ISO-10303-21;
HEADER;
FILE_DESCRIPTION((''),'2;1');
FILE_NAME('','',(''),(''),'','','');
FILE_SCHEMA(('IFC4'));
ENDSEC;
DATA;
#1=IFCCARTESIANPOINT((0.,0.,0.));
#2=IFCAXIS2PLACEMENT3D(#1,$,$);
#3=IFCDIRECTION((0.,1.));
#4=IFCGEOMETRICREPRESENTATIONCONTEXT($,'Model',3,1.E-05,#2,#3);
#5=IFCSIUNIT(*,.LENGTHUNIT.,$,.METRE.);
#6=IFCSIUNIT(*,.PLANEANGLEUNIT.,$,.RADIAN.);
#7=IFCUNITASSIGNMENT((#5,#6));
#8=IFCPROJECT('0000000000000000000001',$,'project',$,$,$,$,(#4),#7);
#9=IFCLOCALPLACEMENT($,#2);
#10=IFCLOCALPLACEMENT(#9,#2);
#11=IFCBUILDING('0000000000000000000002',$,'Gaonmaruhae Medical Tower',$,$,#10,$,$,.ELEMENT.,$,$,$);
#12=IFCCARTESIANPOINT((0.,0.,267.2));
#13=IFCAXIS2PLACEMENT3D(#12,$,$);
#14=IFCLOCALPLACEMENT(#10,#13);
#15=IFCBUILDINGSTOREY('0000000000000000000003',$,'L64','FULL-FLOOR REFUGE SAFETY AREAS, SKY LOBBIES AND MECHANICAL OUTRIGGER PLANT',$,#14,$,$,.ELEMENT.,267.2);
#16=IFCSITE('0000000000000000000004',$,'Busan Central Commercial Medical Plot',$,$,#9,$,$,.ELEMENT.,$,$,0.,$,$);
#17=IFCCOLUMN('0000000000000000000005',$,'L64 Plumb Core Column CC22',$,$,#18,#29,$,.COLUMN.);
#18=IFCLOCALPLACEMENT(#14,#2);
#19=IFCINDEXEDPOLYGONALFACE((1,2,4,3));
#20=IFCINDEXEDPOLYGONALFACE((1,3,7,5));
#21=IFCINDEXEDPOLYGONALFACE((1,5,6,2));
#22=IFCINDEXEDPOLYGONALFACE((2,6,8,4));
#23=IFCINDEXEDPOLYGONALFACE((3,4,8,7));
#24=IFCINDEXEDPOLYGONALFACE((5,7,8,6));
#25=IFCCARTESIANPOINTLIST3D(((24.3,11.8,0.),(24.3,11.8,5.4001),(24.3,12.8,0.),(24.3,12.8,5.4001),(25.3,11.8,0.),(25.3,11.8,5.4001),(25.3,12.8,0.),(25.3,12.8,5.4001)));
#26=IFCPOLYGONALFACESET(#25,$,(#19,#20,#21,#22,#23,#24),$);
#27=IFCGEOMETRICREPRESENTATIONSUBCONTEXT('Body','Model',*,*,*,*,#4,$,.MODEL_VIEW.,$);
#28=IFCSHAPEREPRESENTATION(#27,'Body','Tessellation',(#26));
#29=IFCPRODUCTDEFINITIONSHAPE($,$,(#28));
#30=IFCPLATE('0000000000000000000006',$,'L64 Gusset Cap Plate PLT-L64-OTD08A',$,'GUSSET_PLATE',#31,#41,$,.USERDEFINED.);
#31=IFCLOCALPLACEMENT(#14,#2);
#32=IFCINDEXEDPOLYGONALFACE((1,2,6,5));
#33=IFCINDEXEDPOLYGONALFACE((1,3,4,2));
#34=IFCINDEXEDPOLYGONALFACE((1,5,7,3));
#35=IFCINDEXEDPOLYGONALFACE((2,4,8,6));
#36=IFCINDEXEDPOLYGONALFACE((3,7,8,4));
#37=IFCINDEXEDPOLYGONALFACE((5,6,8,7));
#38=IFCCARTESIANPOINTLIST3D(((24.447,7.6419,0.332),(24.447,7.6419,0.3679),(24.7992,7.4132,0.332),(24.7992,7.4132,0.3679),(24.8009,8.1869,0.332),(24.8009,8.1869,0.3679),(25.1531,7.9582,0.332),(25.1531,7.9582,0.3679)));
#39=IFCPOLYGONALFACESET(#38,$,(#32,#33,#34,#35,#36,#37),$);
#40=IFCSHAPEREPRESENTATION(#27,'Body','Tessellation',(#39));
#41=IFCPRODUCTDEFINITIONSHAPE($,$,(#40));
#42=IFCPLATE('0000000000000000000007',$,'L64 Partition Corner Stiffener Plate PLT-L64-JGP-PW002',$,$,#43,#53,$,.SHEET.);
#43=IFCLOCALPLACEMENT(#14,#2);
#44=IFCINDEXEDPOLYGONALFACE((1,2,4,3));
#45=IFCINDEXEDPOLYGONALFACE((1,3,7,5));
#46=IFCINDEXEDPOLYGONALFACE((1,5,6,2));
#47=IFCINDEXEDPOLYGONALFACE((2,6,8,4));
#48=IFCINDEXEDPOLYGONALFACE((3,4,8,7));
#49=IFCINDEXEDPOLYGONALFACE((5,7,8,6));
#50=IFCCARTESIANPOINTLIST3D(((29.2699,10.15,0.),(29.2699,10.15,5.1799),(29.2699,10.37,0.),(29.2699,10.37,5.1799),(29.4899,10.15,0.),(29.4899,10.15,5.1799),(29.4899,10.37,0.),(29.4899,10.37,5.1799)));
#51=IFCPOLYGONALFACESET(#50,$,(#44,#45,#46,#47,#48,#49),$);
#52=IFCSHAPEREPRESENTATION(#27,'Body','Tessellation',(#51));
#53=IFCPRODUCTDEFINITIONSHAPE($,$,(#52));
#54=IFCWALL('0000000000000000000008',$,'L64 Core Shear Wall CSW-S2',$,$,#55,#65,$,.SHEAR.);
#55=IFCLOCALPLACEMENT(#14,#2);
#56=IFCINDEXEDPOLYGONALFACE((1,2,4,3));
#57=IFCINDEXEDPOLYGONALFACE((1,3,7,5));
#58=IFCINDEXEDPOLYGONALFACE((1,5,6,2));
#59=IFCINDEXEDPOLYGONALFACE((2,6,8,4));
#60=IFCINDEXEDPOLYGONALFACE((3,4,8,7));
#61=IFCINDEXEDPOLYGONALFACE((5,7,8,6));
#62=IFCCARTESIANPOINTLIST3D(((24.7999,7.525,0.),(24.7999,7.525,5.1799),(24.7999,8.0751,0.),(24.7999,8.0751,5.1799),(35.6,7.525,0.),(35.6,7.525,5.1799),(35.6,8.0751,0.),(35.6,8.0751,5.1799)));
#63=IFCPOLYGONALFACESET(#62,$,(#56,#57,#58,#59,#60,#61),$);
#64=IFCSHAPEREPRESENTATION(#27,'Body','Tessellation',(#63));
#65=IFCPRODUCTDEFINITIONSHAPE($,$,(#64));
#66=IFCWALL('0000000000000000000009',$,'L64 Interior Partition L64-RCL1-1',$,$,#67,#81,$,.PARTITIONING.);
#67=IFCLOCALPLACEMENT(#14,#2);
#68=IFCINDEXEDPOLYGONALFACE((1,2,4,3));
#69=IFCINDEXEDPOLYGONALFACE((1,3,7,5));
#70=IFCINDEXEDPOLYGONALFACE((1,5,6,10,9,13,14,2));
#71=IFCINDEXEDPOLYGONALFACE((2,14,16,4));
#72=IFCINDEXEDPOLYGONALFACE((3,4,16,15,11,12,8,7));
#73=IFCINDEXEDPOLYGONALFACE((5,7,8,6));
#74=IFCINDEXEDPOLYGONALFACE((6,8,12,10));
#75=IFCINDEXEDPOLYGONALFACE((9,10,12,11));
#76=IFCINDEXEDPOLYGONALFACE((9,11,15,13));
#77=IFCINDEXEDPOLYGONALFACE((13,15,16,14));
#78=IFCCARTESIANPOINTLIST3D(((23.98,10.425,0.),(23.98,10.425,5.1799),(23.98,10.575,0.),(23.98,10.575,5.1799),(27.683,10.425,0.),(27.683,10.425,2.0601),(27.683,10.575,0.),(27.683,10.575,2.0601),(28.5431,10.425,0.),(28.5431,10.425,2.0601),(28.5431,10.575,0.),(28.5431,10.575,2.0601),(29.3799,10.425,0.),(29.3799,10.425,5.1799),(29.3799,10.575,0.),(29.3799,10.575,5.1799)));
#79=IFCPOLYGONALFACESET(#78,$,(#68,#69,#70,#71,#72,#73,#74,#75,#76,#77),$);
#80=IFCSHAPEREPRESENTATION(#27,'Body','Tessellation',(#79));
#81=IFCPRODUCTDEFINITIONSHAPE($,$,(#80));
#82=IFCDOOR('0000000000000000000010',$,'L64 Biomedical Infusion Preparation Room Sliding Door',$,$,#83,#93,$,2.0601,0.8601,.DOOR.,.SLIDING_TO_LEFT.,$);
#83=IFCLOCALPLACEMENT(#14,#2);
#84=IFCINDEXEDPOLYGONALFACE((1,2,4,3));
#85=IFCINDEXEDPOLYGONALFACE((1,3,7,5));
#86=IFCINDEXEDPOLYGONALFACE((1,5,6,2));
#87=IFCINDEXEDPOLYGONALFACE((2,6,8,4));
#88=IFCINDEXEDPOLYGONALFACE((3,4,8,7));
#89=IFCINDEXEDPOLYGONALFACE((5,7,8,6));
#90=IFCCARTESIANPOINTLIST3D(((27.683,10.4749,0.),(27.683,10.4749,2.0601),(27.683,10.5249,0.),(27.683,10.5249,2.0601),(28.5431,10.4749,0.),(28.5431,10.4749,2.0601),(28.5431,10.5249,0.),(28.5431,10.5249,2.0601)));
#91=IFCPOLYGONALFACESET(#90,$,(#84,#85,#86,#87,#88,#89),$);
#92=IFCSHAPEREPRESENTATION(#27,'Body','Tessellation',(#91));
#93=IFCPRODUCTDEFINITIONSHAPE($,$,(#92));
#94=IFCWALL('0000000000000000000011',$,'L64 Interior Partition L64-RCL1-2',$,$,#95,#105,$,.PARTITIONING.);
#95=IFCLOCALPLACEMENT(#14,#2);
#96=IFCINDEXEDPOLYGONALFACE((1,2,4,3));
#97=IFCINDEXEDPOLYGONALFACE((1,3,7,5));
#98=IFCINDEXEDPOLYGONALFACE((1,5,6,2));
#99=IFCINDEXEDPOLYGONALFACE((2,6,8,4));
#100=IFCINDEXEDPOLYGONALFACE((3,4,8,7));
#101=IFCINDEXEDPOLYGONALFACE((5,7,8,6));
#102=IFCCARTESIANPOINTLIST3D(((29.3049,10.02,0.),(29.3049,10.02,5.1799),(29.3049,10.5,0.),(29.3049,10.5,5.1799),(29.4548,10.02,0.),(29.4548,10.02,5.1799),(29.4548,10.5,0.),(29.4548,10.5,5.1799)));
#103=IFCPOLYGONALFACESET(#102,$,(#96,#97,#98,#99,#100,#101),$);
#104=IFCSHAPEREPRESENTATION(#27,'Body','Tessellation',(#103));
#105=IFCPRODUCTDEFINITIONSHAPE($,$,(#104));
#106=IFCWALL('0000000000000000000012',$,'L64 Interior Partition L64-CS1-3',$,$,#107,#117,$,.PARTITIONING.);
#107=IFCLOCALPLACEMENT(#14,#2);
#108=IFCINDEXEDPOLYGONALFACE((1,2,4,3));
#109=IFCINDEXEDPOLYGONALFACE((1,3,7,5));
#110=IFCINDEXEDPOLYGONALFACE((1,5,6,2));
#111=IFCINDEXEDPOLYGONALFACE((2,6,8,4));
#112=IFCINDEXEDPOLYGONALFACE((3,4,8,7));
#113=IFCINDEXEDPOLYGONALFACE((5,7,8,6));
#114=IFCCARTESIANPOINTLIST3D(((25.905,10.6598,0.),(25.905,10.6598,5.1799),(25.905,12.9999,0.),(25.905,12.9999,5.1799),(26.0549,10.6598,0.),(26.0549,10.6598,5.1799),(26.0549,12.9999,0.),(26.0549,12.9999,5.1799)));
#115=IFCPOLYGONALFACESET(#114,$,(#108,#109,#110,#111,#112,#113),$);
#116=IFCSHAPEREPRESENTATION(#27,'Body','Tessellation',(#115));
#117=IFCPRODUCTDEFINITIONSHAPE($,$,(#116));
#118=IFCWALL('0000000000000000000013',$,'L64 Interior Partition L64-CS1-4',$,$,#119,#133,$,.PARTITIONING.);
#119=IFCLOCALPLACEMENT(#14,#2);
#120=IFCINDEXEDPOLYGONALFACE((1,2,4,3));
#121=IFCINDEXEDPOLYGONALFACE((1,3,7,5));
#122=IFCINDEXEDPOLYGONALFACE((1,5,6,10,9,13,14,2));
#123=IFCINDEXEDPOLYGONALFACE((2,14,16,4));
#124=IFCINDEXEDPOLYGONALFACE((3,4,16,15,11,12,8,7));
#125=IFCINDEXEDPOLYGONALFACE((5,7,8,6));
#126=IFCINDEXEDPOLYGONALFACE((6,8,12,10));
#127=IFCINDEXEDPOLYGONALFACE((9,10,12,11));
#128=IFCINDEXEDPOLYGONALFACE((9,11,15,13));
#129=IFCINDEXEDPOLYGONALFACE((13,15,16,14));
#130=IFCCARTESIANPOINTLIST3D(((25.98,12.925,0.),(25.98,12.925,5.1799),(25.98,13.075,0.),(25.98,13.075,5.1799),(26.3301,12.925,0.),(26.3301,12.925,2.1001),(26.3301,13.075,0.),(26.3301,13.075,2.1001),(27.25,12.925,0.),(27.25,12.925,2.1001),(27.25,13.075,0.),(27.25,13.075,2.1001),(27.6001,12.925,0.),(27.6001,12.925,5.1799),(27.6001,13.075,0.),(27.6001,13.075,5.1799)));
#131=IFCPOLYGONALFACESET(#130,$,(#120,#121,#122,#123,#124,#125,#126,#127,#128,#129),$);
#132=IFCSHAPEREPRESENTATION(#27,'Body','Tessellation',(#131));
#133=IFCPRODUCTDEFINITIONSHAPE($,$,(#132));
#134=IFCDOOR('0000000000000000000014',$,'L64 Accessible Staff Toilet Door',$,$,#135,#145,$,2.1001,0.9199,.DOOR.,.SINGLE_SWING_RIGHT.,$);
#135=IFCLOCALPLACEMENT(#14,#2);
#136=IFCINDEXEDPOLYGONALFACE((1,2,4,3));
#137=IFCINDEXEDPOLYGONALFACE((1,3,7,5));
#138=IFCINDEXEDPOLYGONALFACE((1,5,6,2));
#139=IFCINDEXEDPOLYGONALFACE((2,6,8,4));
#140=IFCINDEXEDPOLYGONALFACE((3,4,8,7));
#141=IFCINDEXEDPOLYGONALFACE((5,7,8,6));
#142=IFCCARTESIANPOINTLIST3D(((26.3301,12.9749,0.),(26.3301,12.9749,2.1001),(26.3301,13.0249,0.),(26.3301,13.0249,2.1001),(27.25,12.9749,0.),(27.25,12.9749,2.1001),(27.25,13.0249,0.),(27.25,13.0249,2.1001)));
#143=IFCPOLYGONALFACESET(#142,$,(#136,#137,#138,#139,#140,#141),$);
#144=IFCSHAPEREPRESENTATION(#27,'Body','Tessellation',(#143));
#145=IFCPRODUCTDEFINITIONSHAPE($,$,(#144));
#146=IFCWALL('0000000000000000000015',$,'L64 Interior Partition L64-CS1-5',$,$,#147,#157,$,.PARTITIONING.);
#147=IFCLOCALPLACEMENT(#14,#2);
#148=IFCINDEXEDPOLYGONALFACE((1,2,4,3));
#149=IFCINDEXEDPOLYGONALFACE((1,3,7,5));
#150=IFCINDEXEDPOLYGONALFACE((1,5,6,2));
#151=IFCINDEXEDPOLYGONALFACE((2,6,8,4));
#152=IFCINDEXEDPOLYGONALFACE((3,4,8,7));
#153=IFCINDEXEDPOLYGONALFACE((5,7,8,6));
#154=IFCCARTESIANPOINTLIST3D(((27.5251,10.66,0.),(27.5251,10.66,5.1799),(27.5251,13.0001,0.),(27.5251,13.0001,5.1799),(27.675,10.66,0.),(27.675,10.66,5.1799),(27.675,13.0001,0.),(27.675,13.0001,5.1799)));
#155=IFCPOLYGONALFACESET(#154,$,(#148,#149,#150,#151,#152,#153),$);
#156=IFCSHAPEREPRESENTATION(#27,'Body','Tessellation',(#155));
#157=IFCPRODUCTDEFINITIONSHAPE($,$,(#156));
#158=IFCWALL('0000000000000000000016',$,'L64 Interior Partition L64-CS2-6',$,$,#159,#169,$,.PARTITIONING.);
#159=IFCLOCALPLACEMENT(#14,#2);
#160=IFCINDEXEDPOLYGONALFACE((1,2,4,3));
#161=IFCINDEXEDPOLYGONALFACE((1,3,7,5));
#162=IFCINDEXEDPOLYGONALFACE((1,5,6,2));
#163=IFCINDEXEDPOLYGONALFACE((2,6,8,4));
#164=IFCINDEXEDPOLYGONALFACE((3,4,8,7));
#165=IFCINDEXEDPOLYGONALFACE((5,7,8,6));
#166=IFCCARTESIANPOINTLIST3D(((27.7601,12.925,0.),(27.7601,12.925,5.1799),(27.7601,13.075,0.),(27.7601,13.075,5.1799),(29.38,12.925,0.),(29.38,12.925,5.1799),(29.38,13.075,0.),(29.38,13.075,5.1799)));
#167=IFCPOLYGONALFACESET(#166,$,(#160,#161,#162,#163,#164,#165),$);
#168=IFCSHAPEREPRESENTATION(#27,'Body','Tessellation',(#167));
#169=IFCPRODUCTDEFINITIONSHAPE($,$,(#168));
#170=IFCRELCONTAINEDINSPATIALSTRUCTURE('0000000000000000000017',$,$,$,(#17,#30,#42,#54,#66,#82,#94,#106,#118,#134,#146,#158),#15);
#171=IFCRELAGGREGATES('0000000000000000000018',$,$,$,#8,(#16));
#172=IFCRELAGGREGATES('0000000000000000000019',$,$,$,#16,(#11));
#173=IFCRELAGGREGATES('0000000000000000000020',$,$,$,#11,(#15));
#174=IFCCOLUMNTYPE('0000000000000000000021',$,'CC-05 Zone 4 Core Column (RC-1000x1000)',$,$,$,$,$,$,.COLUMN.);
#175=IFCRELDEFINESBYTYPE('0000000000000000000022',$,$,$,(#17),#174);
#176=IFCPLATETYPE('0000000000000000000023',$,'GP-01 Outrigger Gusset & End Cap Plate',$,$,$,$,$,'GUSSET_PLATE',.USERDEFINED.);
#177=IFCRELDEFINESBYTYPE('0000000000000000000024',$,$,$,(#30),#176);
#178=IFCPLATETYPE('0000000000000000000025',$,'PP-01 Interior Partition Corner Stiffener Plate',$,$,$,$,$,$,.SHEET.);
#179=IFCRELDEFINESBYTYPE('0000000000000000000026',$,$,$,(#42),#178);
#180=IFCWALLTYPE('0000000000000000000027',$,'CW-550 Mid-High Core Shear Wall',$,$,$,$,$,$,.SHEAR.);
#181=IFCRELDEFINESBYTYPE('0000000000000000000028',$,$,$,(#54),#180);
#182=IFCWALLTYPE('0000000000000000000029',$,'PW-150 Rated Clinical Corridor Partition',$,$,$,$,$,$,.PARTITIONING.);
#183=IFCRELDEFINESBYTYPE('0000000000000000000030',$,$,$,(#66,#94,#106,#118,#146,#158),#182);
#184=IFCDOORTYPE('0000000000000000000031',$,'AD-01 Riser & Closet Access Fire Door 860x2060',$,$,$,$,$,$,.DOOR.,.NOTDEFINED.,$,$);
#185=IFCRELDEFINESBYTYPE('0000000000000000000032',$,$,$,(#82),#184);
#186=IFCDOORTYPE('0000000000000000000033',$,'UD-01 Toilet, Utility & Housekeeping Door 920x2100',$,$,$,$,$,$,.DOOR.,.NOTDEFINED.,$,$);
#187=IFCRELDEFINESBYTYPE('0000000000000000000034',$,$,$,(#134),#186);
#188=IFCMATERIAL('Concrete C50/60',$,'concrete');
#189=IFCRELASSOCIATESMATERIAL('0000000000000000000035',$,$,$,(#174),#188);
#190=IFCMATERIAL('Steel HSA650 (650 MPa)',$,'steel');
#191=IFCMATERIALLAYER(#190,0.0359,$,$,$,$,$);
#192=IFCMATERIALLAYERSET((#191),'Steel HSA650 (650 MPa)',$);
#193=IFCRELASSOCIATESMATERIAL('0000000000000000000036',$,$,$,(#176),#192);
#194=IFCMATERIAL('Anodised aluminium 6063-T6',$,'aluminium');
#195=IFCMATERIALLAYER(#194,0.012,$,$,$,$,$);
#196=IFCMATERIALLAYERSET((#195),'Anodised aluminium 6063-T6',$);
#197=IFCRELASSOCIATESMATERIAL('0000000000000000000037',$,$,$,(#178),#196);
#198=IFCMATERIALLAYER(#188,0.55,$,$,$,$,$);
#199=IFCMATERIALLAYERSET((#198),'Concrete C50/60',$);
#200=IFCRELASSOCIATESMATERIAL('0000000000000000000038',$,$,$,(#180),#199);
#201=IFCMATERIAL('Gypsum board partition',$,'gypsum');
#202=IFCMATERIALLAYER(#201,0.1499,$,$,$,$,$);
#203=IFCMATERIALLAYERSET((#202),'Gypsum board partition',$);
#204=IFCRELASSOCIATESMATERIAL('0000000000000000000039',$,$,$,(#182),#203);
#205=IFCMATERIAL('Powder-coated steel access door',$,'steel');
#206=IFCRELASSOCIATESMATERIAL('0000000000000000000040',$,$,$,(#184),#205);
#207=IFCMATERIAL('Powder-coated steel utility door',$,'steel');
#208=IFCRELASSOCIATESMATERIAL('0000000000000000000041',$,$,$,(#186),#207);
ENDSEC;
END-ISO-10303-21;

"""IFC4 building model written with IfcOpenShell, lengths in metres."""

from ifc_helpers import new_model, si_unit, direction, frame, frame_2d, origin, origin_2d, place, context, subcontext, project, spatial, rectangle, extrude, material, layer, layer_set, material_profile, profile_set, type_object, element, fill, save


model = new_model("IFC4")

# Units and contexts
model_context = context("Model", 3, precision=1e-05, world=origin(), true_north=direction((0.0, 1.0)))
body_context = subcontext(model_context, "Body", "Model", "MODEL_VIEW")
ifc_project = project(units=[si_unit("LENGTHUNIT", "METRE"), si_unit("PLANEANGLEUNIT", "RADIAN")], contexts=[model_context])

# Site, building, storey
site_placement = place(None, origin())
site = spatial("IfcSite", under=ifc_project, at=site_placement, Name="Busan Central Commercial Medical Plot", CompositionType="ELEMENT", RefElevation=0.0)
building_placement = place(site_placement, origin())
building = spatial("IfcBuilding", under=site, at=building_placement, Name="Gaonmaruhae Medical Tower", CompositionType="ELEMENT")
storey_placement = place(building_placement, frame((0.0, 0.0, 267.2)))
storey = spatial("IfcBuildingStorey", under=building, at=storey_placement, Name="L64", Description="FULL-FLOOR REFUGE SAFETY AREAS, SKY LOBBIES AND MECHANICAL OUTRIGGER PLANT", CompositionType="ELEMENT", Elevation=267.2)

# Column
ifc_material_1 = material(Name="Concrete C50/60", Category="concrete")
ifc_material_profile = material_profile(ifc_material_1, rectangle(XDim=1.0, YDim=1.0, at=origin_2d()), Name="RC-1000x1000")
ifc_profile_set = profile_set([ifc_material_profile], Name="Concrete C50/60")
column_type = type_object("IfcColumnType", Name="CC-05 Zone 4 Core Column (RC-1000x1000)", PredefinedType="COLUMN", material=ifc_profile_set)
column_placement = place(storey_placement, frame((24.8, 12.3, 0.0), z_axis=(0.0, 0.0, 1.0), x_axis=(1.0, 0.0, 0.0)))
element("IfcColumn", 1, at=column_placement, inside=storey, type_object=column_type, Name="L64 Plumb Core Column CC22", PredefinedType="COLUMN", context=body_context, shape_type="SweptSolid", body=[
    extrude(rectangle(XDim=1.0, YDim=1.0, at=origin_2d()), origin(), (0.0, 0.0, 1.0), 5.4001),
])

# Plates
ifc_material_2 = material(Name="Steel HSA650 (650 MPa)", Category="steel")
ifc_layer_1 = layer(ifc_material_2, 0.0359)
ifc_layer_set_1 = layer_set([ifc_layer_1], Name="Steel HSA650 (650 MPa)")
plate_type_1 = type_object("IfcPlateType", Name="GP-01 Outrigger Gusset & End Cap Plate", ElementType="GUSSET_PLATE", PredefinedType="USERDEFINED", material=ifc_layer_set_1)
plate_1_placement = place(storey_placement, frame((24.8, 7.8, 0.332), z_axis=(0.0, 0.0, 1.0), x_axis=(0.544639, 0.838671, 0.0)))
element("IfcPlate", 2, at=plate_1_placement, inside=storey, type_object=plate_type_1, Name="L64 Gusset Cap Plate PLT-L64-OTD08A", ObjectType="GUSSET_PLATE", PredefinedType="USERDEFINED", context=body_context, shape_type="SweptSolid", body=[
    extrude(rectangle(XDim=0.6499, YDim=0.4199, at=origin_2d()), origin(), (0.0, 0.0, 1.0), 0.0359),
])
ifc_material_3 = material(Name="Anodised aluminium 6063-T6", Category="aluminium")
ifc_layer_2 = layer(ifc_material_3, 0.012)
ifc_layer_set_2 = layer_set([ifc_layer_2], Name="Anodised aluminium 6063-T6")
plate_type_2 = type_object("IfcPlateType", Name="PP-01 Interior Partition Corner Stiffener Plate", PredefinedType="SHEET", material=ifc_layer_set_2)
plate_2_placement = place(storey_placement, frame((29.3799, 10.26, 0.0), z_axis=(0.0, 0.0, 1.0), x_axis=(0.0, -1.0, 0.0)))
element("IfcPlate", 3, at=plate_2_placement, inside=storey, type_object=plate_type_2, Name="L64 Partition Corner Stiffener Plate PLT-L64-JGP-PW002", PredefinedType="SHEET", context=body_context, shape_type="SweptSolid", body=[
    extrude(rectangle(XDim=0.22, YDim=0.22, at=origin_2d()), origin(), (0.0, 0.0, 1.0), 5.1799),
])

# Wall
ifc_layer_3 = layer(ifc_material_1, 0.55)
ifc_layer_set_3 = layer_set([ifc_layer_3], Name="Concrete C50/60")
wall_type_1 = type_object("IfcWallType", Name="CW-550 Mid-High Core Shear Wall", PredefinedType="SHEAR", material=ifc_layer_set_3)
wall_1_placement = place(storey_placement, frame((24.8, 7.8, 0.0), z_axis=(0.0, 0.0, 1.0), x_axis=(1.0, 0.0, 0.0)))
element("IfcWall", 4, at=wall_1_placement, inside=storey, type_object=wall_type_1, Name="L64 Core Shear Wall CSW-S2", PredefinedType="SHEAR", context=body_context, shape_type="SweptSolid", body=[
    extrude(rectangle(XDim=10.8, YDim=0.55, at=frame_2d((5.3999, 0.0))), origin(), (0.0, 0.0, 1.0), 5.1799),
])

# Wall, opening, door
ifc_material_4 = material(Name="Gypsum board partition", Category="gypsum")
ifc_layer_4 = layer(ifc_material_4, 0.1499)
ifc_layer_set_4 = layer_set([ifc_layer_4], Name="Gypsum board partition")
wall_type_2 = type_object("IfcWallType", Name="PW-150 Rated Clinical Corridor Partition", PredefinedType="PARTITIONING", material=ifc_layer_set_4)
wall_2_placement = place(storey_placement, frame((23.98, 10.5, 0.0), z_axis=(0.0, 0.0, 1.0), x_axis=(1.0, 0.0, 0.0)))
wall_2 = element("IfcWall", 5, at=wall_2_placement, inside=storey, type_object=wall_type_2, Name="L64 Interior Partition L64-RCL1-1", PredefinedType="PARTITIONING", context=body_context, shape_type="SweptSolid", body=[
    extrude(rectangle(XDim=5.3999, YDim=0.1499, at=frame_2d((2.7, 0.0))), origin(), (0.0, 0.0, 1.0), 5.1799),
])
opening_1_placement = place(wall_2_placement, frame((3.7029, 0.0, 0.0)))
opening_1 = element("IfcOpeningElement", 6, at=opening_1_placement, cuts=wall_2, PredefinedType="OPENING", context=body_context, shape_type="SweptSolid", body=[
    extrude(rectangle(XDim=0.8601, YDim=2.0601, at=frame_2d((0.4302, 1.03))), frame((0.0, 0.085, 0.0), z_axis=(0.0, -1.0, 0.0), x_axis=(1.0, 0.0, 0.0)), (0.0, 0.0, 1.0), 0.1699),
])
ifc_material_5 = material(Name="Powder-coated steel access door", Category="steel")
door_type_1 = type_object("IfcDoorType", Name="AD-01 Riser & Closet Access Fire Door 860x2060", OperationType="NOTDEFINED", PredefinedType="DOOR", material=ifc_material_5)
door_1_placement = place(opening_1_placement, origin())
door_1 = element("IfcDoor", 7, at=door_1_placement, inside=storey, type_object=door_type_1, Name="L64 Biomedical Infusion Preparation Room Sliding Door", OperationType="SLIDING_TO_LEFT", OverallHeight=2.0601, OverallWidth=0.8601, PredefinedType="DOOR", context=body_context, shape_type="SweptSolid", body=[
    extrude(rectangle(XDim=0.8601, YDim=2.0601, at=frame_2d((0.4302, 1.03))), frame((0.0, 0.0249, 0.0), z_axis=(0.0, -1.0, 0.0), x_axis=(1.0, 0.0, 0.0)), (0.0, 0.0, 1.0), 0.05),
])
fill(opening_1, door_1)

# Walls
wall_3_placement = place(storey_placement, frame((29.3799, 10.5, 0.0), z_axis=(0.0, 0.0, 1.0), x_axis=(0.0, -1.0, 0.0)))
element("IfcWall", 8, at=wall_3_placement, inside=storey, type_object=wall_type_2, Name="L64 Interior Partition L64-RCL1-2", PredefinedType="PARTITIONING", context=body_context, shape_type="SweptSolid", body=[
    extrude(rectangle(XDim=0.48, YDim=0.1499, at=frame_2d((0.24, 0.0))), origin(), (0.0, 0.0, 1.0), 5.1799),
])
wall_4_placement = place(storey_placement, frame((25.98, 10.6599, 0.0), z_axis=(0.0, 0.0, 1.0), x_axis=(0.0, 1.0, 0.0)))
element("IfcWall", 9, at=wall_4_placement, inside=storey, type_object=wall_type_2, Name="L64 Interior Partition L64-CS1-3", PredefinedType="PARTITIONING", context=body_context, shape_type="SweptSolid", body=[
    extrude(rectangle(XDim=2.3401, YDim=0.1499, at=frame_2d((1.1699, 0.0))), origin(), (0.0, 0.0, 1.0), 5.1799),
])

# Wall, opening, door
wall_5_placement = place(storey_placement, frame((25.98, 13.0, 0.0), z_axis=(0.0, 0.0, 1.0), x_axis=(1.0, 0.0, 0.0)))
wall_5 = element("IfcWall", 10, at=wall_5_placement, inside=storey, type_object=wall_type_2, Name="L64 Interior Partition L64-CS1-4", PredefinedType="PARTITIONING", context=body_context, shape_type="SweptSolid", body=[
    extrude(rectangle(XDim=1.6201, YDim=0.1499, at=frame_2d((0.8101, 0.0))), origin(), (0.0, 0.0, 1.0), 5.1799),
])
opening_2_placement = place(wall_5_placement, frame((0.3501, 0.0, 0.0)))
opening_2 = element("IfcOpeningElement", 11, at=opening_2_placement, cuts=wall_5, PredefinedType="OPENING", context=body_context, shape_type="SweptSolid", body=[
    extrude(rectangle(XDim=0.9199, YDim=2.1001, at=frame_2d((0.46, 1.05))), frame((0.0, 0.085, 0.0), z_axis=(0.0, -1.0, 0.0), x_axis=(1.0, 0.0, 0.0)), (0.0, 0.0, 1.0), 0.1699),
])
ifc_material_6 = material(Name="Powder-coated steel utility door", Category="steel")
door_type_2 = type_object("IfcDoorType", Name="UD-01 Toilet, Utility & Housekeeping Door 920x2100", OperationType="NOTDEFINED", PredefinedType="DOOR", material=ifc_material_6)
door_2_placement = place(opening_2_placement, origin())
door_2 = element("IfcDoor", 12, at=door_2_placement, inside=storey, type_object=door_type_2, Name="L64 Accessible Staff Toilet Door", OperationType="SINGLE_SWING_RIGHT", OverallHeight=2.1001, OverallWidth=0.9199, PredefinedType="DOOR", context=body_context, shape_type="SweptSolid", body=[
    extrude(rectangle(XDim=0.9199, YDim=2.1001, at=frame_2d((0.46, 1.05))), frame((0.0, 0.0249, 0.0), z_axis=(0.0, -1.0, 0.0), x_axis=(1.0, 0.0, 0.0)), (0.0, 0.0, 1.0), 0.05),
])
fill(opening_2, door_2)

# Walls
wall_6_placement = place(storey_placement, frame((27.6001, 13.0, 0.0), z_axis=(0.0, 0.0, 1.0), x_axis=(0.0, -1.0, 0.0)))
element("IfcWall", 13, at=wall_6_placement, inside=storey, type_object=wall_type_2, Name="L64 Interior Partition L64-CS1-5", PredefinedType="PARTITIONING", context=body_context, shape_type="SweptSolid", body=[
    extrude(rectangle(XDim=2.3401, YDim=0.1499, at=frame_2d((1.1699, 0.0))), origin(), (0.0, 0.0, 1.0), 5.1799),
])
wall_7_placement = place(storey_placement, frame((27.76, 13.0, 0.0), z_axis=(0.0, 0.0, 1.0), x_axis=(1.0, 0.0, 0.0)))
element("IfcWall", 14, at=wall_7_placement, inside=storey, type_object=wall_type_2, Name="L64 Interior Partition L64-CS2-6", PredefinedType="PARTITIONING", context=body_context, shape_type="SweptSolid", body=[
    extrude(rectangle(XDim=1.6199, YDim=0.1499, at=frame_2d((0.8101, 0.0))), origin(), (0.0, 0.0, 1.0), 5.1799),
])

save(model, "model.ifc")
